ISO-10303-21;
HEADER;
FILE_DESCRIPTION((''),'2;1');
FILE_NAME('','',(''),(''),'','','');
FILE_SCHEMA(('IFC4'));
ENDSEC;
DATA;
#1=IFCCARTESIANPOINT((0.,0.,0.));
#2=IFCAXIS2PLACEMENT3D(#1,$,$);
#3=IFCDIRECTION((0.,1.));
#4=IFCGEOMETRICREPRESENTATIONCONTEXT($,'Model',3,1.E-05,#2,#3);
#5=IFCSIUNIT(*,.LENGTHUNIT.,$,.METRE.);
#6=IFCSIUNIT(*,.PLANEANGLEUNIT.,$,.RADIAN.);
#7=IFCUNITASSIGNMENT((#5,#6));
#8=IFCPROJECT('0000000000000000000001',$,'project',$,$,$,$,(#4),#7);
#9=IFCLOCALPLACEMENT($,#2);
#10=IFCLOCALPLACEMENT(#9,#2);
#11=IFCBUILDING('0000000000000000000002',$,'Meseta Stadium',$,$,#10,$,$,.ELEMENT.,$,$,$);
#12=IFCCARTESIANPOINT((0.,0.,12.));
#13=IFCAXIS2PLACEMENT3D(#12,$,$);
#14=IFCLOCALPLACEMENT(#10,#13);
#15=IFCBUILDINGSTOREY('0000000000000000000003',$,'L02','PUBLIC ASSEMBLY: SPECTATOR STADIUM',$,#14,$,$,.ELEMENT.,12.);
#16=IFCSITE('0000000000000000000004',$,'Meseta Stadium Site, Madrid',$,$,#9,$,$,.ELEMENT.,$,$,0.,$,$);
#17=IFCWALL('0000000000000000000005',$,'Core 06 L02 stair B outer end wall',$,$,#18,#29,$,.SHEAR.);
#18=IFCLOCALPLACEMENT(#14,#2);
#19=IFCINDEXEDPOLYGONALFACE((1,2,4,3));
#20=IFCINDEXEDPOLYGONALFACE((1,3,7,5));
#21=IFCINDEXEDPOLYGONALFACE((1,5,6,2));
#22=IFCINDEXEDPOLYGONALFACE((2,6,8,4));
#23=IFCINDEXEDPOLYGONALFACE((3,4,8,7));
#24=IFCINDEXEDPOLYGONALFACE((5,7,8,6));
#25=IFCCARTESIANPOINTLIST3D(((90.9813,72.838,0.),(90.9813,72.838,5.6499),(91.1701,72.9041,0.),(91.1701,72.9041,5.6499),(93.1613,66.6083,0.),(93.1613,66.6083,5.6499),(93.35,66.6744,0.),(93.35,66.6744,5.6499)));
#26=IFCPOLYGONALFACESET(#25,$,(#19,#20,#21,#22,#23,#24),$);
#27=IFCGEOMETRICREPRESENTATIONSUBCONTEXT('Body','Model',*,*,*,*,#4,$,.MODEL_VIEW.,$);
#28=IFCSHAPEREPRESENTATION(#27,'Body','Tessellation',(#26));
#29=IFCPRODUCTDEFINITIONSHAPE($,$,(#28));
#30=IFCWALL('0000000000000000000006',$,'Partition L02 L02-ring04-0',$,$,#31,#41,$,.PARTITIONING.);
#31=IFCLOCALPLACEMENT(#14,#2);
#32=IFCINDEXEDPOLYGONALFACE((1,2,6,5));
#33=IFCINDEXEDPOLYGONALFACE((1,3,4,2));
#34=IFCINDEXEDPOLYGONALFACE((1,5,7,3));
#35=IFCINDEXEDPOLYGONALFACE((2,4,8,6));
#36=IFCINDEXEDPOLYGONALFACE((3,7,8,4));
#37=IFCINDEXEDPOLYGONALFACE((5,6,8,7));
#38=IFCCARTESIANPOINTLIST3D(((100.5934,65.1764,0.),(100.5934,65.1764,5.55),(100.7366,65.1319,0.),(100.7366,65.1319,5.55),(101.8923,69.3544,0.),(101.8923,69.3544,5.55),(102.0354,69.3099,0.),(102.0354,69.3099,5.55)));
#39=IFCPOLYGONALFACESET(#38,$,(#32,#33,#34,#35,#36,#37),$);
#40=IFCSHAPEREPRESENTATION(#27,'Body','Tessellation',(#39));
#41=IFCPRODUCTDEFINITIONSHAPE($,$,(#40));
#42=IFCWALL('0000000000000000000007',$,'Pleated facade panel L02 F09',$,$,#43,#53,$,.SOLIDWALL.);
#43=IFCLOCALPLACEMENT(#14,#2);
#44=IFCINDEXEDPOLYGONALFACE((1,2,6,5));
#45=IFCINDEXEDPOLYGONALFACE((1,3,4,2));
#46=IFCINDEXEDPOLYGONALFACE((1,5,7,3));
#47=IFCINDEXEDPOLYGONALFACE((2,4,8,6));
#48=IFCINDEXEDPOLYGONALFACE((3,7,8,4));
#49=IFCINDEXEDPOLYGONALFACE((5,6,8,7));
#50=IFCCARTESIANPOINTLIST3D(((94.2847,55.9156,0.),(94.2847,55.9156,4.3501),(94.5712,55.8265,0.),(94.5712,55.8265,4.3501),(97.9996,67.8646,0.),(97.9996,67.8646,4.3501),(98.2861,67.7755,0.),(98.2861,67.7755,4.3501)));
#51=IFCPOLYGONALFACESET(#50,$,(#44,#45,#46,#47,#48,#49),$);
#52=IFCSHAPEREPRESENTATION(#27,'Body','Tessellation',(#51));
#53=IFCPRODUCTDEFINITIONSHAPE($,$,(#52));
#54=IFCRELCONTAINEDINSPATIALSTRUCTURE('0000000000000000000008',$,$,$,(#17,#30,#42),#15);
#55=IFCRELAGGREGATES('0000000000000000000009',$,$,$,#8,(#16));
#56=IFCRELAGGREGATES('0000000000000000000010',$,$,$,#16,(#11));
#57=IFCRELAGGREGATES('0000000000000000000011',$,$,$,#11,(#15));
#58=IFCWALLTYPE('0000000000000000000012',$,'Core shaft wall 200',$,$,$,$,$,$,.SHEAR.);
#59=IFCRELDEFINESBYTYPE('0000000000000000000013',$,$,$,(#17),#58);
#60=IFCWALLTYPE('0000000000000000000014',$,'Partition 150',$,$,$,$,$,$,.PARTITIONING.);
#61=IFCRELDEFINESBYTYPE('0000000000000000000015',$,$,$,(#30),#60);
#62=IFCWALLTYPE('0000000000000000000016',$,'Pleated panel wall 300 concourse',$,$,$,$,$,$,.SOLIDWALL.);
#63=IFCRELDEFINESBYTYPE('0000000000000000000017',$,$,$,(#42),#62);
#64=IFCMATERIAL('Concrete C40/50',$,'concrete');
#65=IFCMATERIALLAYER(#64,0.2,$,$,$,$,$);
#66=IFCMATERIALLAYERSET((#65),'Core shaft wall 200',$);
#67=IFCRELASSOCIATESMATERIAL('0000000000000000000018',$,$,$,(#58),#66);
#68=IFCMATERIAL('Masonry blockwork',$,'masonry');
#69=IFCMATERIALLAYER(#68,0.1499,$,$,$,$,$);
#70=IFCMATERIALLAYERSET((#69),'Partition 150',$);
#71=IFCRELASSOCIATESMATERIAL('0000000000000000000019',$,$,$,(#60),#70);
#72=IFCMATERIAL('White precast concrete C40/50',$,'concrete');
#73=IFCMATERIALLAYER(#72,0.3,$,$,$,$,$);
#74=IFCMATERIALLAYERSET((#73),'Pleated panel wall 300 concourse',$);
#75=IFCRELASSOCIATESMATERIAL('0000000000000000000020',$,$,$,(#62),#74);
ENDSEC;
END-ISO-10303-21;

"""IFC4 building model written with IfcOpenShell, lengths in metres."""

from ifc_helpers import new_model, si_unit, direction, frame, frame_2d, origin, place, context, subcontext, project, spatial, rectangle, extrude, material, layer, layer_set, type_object, element, save


model = new_model("IFC4")

# Units and contexts
model_context = context("Model", 3, precision=1e-05, world=origin(), true_north=direction((0.0, 1.0)))
body_context = subcontext(model_context, "Body", "Model", "MODEL_VIEW")
ifc_project = project(units=[si_unit("LENGTHUNIT", "METRE"), si_unit("PLANEANGLEUNIT", "RADIAN")], contexts=[model_context])

# Site, building, storey
site_placement = place(None, origin())
site = spatial("IfcSite", under=ifc_project, at=site_placement, Name="Meseta Stadium Site, Madrid", CompositionType="ELEMENT", RefElevation=0.0)
building_placement = place(site_placement, origin())
building = spatial("IfcBuilding", under=site, at=building_placement, Name="Meseta Stadium", CompositionType="ELEMENT")
storey_placement = place(building_placement, frame((0.0, 0.0, 12.0)))
storey = spatial("IfcBuildingStorey", under=building, at=storey_placement, Name="L02", Description="PUBLIC ASSEMBLY: SPECTATOR STADIUM", CompositionType="ELEMENT", Elevation=12.0)

# Walls
ifc_material_1 = material(Name="Concrete C40/50", Category="concrete")
ifc_layer_1 = layer(ifc_material_1, 0.2)
ifc_layer_set_1 = layer_set([ifc_layer_1], Name="Core shaft wall 200")
wall_type_1 = type_object("IfcWallType", Name="Core shaft wall 200", PredefinedType="SHEAR", material=ifc_layer_set_1)
for number, where, z_axis, x_axis, name in (
    (1, (93.2556, 66.6414, 0.0), (0.0, 0.0, 1.0), (-0.330286, 0.943881, 0.0), "Core 06 L02 stair B outer end wall"),
):
    element("IfcWall", number, at=place(storey_placement, frame(where, z_axis=z_axis, x_axis=x_axis)), inside=storey, type_object=wall_type_1, Name=name, PredefinedType="SHEAR", context=body_context, shape_type="SweptSolid", body=[
        extrude(rectangle(XDim=6.6001, YDim=0.2, at=frame_2d((3.3, 0.0))), origin(), (0.0, 0.0, 1.0), 5.6499),
    ])
ifc_material_2 = material(Name="Masonry blockwork", Category="masonry")
ifc_layer_2 = layer(ifc_material_2, 0.1499)
ifc_layer_set_2 = layer_set([ifc_layer_2], Name="Partition 150")
wall_type_2 = type_object("IfcWallType", Name="Partition 150", PredefinedType="PARTITIONING", material=ifc_layer_set_2)
wall_1_placement = place(storey_placement, frame((100.665, 65.1543, 0.0), z_axis=(0.0, 0.0, 1.0), x_axis=(0.296861, 0.954921, 0.0)))
element("IfcWall", 2, at=wall_1_placement, inside=storey, type_object=wall_type_2, Name="Partition L02 L02-ring04-0", PredefinedType="PARTITIONING", context=body_context, shape_type="SweptSolid", body=[
    extrude(rectangle(XDim=4.3752, YDim=0.1499, at=frame_2d((2.1875, 0.0))), origin(), (0.0, 0.0, 1.0), 5.55),
])
ifc_material_3 = material(Name="White precast concrete C40/50", Category="concrete")
ifc_layer_3 = layer(ifc_material_3, 0.3)
ifc_layer_set_3 = layer_set([ifc_layer_3], Name="Pleated panel wall 300 concourse")
wall_type_3 = type_object("IfcWallType", Name="Pleated panel wall 300 concourse", PredefinedType="SOLIDWALL", material=ifc_layer_set_3)
wall_2_placement = place(storey_placement, frame((98.1428, 67.8201, 0.0), z_axis=(0.0, 0.0, 1.0), x_axis=(-0.296876, -0.954916, 0.0)))
element("IfcWall", 3, at=wall_2_placement, inside=storey, type_object=wall_type_3, Name="Pleated facade panel L02 F09", PredefinedType="SOLIDWALL", context=body_context, shape_type="SweptSolid", body=[
    extrude(rectangle(XDim=12.5132, YDim=0.3, at=frame_2d((6.2566, 0.0))), origin(), (0.0, 0.0, 1.0), 4.3501),
])

save(model, "model.ifc")
